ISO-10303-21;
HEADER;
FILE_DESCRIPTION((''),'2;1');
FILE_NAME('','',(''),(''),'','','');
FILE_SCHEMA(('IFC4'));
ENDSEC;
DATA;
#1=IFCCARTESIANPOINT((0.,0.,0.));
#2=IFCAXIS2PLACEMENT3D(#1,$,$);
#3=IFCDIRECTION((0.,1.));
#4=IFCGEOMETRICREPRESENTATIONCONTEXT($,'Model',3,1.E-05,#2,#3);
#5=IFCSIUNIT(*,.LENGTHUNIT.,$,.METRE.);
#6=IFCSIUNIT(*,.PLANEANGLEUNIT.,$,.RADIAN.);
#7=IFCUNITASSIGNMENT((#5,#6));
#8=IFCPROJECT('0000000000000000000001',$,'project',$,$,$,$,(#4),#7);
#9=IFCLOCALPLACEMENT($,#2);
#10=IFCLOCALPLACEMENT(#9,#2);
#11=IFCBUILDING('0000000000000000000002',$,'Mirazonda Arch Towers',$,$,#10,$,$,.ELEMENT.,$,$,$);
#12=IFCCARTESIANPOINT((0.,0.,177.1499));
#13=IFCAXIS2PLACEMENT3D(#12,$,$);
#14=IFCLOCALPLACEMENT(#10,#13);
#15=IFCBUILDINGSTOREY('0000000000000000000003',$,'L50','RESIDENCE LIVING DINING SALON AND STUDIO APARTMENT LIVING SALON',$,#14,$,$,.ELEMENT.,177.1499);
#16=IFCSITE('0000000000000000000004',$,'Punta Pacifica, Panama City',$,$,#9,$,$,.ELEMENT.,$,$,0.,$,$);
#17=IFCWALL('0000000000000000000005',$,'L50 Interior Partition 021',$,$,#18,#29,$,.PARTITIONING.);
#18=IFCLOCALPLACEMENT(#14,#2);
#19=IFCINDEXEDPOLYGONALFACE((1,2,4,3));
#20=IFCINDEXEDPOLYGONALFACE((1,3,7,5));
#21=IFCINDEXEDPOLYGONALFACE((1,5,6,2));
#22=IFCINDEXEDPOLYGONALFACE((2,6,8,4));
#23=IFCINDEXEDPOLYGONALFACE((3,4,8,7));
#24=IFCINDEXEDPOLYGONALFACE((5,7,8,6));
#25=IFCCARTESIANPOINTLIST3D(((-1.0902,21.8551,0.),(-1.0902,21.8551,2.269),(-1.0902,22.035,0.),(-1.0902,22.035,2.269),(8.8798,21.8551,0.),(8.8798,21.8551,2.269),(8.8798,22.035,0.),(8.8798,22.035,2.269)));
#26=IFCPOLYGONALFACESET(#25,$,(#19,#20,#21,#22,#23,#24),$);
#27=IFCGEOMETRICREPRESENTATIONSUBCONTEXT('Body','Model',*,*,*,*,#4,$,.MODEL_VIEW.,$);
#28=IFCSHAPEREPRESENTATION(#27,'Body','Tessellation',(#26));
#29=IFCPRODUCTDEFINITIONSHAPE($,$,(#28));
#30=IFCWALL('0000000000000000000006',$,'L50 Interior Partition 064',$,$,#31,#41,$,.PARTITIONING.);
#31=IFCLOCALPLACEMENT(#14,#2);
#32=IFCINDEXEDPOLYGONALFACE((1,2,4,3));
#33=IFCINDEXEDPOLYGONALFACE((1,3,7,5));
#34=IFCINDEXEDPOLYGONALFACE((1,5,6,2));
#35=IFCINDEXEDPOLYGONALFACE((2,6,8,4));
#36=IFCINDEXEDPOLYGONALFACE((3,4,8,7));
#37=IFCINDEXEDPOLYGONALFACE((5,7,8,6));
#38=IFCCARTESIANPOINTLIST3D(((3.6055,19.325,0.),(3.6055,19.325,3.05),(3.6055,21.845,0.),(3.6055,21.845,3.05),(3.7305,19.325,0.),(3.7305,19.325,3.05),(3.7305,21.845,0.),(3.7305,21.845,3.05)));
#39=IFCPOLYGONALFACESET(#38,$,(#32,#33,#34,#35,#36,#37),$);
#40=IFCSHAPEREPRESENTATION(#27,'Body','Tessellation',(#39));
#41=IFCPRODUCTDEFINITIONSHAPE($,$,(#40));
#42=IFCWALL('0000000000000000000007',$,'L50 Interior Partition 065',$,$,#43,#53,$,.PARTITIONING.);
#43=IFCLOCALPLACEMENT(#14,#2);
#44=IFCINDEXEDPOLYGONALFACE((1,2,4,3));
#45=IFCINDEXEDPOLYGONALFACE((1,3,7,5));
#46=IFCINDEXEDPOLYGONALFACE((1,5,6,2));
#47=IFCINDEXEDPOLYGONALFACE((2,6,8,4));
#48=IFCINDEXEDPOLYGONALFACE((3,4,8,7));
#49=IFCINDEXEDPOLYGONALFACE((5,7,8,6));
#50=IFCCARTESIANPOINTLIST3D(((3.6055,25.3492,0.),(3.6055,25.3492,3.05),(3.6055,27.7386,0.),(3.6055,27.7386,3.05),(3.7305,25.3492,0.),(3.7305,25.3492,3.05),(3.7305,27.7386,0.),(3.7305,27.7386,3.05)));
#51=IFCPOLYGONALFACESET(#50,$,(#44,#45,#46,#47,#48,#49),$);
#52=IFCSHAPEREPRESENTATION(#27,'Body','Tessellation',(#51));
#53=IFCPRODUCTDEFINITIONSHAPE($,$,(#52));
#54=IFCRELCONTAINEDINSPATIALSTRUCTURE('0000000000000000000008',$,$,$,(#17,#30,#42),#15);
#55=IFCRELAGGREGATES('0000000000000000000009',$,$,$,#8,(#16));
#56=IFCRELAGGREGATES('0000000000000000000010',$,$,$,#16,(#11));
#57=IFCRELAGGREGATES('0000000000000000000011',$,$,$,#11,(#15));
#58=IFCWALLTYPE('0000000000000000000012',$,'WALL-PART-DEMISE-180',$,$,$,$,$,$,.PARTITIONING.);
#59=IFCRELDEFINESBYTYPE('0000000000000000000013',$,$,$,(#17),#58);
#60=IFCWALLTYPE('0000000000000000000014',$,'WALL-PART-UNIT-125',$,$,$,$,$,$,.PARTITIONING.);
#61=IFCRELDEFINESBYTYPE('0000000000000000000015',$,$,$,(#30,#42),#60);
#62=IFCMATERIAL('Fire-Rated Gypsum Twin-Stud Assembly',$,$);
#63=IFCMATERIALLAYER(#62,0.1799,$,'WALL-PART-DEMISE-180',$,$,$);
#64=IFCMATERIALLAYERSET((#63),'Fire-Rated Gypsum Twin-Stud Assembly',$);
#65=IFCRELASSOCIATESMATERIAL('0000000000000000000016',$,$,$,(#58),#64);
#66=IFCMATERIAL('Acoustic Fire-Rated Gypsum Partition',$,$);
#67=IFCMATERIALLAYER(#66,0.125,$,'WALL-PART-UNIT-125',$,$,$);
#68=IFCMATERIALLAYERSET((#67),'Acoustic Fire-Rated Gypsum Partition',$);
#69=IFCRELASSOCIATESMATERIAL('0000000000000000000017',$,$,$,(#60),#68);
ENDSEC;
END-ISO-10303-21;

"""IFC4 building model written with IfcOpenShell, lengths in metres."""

from ifc_helpers import new_model, si_unit, direction, frame, frame_2d, origin, place, context, subcontext, project, spatial, rectangle, extrude, material, layer, layer_set, type_object, element, save


model = new_model("IFC4")

# Units and contexts
model_context = context("Model", 3, precision=1e-05, world=origin(), true_north=direction((0.0, 1.0)))
body_context = subcontext(model_context, "Body", "Model", "MODEL_VIEW")
ifc_project = project(units=[si_unit("LENGTHUNIT", "METRE"), si_unit("PLANEANGLEUNIT", "RADIAN")], contexts=[model_context])

# Site, building, storey
site_placement = place(None, origin())
site = spatial("IfcSite", under=ifc_project, at=site_placement, Name="Punta Pacifica, Panama City", CompositionType="ELEMENT", RefElevation=0.0)
building_placement = place(site_placement, origin())
building = spatial("IfcBuilding", under=site, at=building_placement, Name="Mirazonda Arch Towers", CompositionType="ELEMENT")
storey_placement = place(building_placement, frame((0.0, 0.0, 177.1499)))
storey = spatial("IfcBuildingStorey", under=building, at=storey_placement, Name="L50", Description="RESIDENCE LIVING DINING SALON AND STUDIO APARTMENT LIVING SALON", CompositionType="ELEMENT", Elevation=177.1499)

# Shared definitions
ifc_material_1 = material(Name="Fire-Rated Gypsum Twin-Stud Assembly")
ifc_layer_1 = layer(ifc_material_1, 0.1799, Name="WALL-PART-DEMISE-180")
ifc_layer_set_1 = layer_set([ifc_layer_1], Name="Fire-Rated Gypsum Twin-Stud Assembly")
wall_type_1 = type_object("IfcWallType", Name="WALL-PART-DEMISE-180", PredefinedType="PARTITIONING", material=ifc_layer_set_1)

# Wall
wall_1_placement = place(storey_placement, frame((-1.0901, 21.9451, 0.0), z_axis=(0.0, 0.0, 1.0), x_axis=(1.0, 0.0, 0.0)))
element("IfcWall", 1, at=wall_1_placement, inside=storey, type_object=wall_type_1, Name="L50 Interior Partition 021", PredefinedType="PARTITIONING", context=body_context, shape_type="SweptSolid", body=[
    extrude(rectangle(XDim=9.97, YDim=0.1799, at=frame_2d((4.9849, 0.0))), origin(), (0.0, 0.0, 1.0), 2.269),
])

# Walls
ifc_material_2 = material(Name="Acoustic Fire-Rated Gypsum Partition")
ifc_layer_2 = layer(ifc_material_2, 0.125, Name="WALL-PART-UNIT-125")
ifc_layer_set_2 = layer_set([ifc_layer_2], Name="Acoustic Fire-Rated Gypsum Partition")
wall_type_2 = type_object("IfcWallType", Name="WALL-PART-UNIT-125", PredefinedType="PARTITIONING", material=ifc_layer_set_2)
wall_2_placement = place(storey_placement, frame((3.668, 19.325, 0.0), z_axis=(0.0, 0.0, 1.0), x_axis=(0.0, 1.0, 0.0)))
element("IfcWall", 2, at=wall_2_placement, inside=storey, type_object=wall_type_2, Name="L50 Interior Partition 064", PredefinedType="PARTITIONING", context=body_context, shape_type="SweptSolid", body=[
    extrude(rectangle(XDim=2.52, YDim=0.125, at=frame_2d((1.26, 0.0))), origin(), (0.0, 0.0, 1.0), 3.05),
])
wall_3_placement = place(storey_placement, frame((3.668, 25.3491, 0.0), z_axis=(0.0, 0.0, 1.0), x_axis=(0.0, 1.0, 0.0)))
element("IfcWall", 3, at=wall_3_placement, inside=storey, type_object=wall_type_2, Name="L50 Interior Partition 065", PredefinedType="PARTITIONING", context=body_context, shape_type="SweptSolid", body=[
    extrude(rectangle(XDim=2.3894, YDim=0.125, at=frame_2d((1.1948, 0.0))), origin(), (0.0, 0.0, 1.0), 3.05),
])

save(model, "model.ifc")
